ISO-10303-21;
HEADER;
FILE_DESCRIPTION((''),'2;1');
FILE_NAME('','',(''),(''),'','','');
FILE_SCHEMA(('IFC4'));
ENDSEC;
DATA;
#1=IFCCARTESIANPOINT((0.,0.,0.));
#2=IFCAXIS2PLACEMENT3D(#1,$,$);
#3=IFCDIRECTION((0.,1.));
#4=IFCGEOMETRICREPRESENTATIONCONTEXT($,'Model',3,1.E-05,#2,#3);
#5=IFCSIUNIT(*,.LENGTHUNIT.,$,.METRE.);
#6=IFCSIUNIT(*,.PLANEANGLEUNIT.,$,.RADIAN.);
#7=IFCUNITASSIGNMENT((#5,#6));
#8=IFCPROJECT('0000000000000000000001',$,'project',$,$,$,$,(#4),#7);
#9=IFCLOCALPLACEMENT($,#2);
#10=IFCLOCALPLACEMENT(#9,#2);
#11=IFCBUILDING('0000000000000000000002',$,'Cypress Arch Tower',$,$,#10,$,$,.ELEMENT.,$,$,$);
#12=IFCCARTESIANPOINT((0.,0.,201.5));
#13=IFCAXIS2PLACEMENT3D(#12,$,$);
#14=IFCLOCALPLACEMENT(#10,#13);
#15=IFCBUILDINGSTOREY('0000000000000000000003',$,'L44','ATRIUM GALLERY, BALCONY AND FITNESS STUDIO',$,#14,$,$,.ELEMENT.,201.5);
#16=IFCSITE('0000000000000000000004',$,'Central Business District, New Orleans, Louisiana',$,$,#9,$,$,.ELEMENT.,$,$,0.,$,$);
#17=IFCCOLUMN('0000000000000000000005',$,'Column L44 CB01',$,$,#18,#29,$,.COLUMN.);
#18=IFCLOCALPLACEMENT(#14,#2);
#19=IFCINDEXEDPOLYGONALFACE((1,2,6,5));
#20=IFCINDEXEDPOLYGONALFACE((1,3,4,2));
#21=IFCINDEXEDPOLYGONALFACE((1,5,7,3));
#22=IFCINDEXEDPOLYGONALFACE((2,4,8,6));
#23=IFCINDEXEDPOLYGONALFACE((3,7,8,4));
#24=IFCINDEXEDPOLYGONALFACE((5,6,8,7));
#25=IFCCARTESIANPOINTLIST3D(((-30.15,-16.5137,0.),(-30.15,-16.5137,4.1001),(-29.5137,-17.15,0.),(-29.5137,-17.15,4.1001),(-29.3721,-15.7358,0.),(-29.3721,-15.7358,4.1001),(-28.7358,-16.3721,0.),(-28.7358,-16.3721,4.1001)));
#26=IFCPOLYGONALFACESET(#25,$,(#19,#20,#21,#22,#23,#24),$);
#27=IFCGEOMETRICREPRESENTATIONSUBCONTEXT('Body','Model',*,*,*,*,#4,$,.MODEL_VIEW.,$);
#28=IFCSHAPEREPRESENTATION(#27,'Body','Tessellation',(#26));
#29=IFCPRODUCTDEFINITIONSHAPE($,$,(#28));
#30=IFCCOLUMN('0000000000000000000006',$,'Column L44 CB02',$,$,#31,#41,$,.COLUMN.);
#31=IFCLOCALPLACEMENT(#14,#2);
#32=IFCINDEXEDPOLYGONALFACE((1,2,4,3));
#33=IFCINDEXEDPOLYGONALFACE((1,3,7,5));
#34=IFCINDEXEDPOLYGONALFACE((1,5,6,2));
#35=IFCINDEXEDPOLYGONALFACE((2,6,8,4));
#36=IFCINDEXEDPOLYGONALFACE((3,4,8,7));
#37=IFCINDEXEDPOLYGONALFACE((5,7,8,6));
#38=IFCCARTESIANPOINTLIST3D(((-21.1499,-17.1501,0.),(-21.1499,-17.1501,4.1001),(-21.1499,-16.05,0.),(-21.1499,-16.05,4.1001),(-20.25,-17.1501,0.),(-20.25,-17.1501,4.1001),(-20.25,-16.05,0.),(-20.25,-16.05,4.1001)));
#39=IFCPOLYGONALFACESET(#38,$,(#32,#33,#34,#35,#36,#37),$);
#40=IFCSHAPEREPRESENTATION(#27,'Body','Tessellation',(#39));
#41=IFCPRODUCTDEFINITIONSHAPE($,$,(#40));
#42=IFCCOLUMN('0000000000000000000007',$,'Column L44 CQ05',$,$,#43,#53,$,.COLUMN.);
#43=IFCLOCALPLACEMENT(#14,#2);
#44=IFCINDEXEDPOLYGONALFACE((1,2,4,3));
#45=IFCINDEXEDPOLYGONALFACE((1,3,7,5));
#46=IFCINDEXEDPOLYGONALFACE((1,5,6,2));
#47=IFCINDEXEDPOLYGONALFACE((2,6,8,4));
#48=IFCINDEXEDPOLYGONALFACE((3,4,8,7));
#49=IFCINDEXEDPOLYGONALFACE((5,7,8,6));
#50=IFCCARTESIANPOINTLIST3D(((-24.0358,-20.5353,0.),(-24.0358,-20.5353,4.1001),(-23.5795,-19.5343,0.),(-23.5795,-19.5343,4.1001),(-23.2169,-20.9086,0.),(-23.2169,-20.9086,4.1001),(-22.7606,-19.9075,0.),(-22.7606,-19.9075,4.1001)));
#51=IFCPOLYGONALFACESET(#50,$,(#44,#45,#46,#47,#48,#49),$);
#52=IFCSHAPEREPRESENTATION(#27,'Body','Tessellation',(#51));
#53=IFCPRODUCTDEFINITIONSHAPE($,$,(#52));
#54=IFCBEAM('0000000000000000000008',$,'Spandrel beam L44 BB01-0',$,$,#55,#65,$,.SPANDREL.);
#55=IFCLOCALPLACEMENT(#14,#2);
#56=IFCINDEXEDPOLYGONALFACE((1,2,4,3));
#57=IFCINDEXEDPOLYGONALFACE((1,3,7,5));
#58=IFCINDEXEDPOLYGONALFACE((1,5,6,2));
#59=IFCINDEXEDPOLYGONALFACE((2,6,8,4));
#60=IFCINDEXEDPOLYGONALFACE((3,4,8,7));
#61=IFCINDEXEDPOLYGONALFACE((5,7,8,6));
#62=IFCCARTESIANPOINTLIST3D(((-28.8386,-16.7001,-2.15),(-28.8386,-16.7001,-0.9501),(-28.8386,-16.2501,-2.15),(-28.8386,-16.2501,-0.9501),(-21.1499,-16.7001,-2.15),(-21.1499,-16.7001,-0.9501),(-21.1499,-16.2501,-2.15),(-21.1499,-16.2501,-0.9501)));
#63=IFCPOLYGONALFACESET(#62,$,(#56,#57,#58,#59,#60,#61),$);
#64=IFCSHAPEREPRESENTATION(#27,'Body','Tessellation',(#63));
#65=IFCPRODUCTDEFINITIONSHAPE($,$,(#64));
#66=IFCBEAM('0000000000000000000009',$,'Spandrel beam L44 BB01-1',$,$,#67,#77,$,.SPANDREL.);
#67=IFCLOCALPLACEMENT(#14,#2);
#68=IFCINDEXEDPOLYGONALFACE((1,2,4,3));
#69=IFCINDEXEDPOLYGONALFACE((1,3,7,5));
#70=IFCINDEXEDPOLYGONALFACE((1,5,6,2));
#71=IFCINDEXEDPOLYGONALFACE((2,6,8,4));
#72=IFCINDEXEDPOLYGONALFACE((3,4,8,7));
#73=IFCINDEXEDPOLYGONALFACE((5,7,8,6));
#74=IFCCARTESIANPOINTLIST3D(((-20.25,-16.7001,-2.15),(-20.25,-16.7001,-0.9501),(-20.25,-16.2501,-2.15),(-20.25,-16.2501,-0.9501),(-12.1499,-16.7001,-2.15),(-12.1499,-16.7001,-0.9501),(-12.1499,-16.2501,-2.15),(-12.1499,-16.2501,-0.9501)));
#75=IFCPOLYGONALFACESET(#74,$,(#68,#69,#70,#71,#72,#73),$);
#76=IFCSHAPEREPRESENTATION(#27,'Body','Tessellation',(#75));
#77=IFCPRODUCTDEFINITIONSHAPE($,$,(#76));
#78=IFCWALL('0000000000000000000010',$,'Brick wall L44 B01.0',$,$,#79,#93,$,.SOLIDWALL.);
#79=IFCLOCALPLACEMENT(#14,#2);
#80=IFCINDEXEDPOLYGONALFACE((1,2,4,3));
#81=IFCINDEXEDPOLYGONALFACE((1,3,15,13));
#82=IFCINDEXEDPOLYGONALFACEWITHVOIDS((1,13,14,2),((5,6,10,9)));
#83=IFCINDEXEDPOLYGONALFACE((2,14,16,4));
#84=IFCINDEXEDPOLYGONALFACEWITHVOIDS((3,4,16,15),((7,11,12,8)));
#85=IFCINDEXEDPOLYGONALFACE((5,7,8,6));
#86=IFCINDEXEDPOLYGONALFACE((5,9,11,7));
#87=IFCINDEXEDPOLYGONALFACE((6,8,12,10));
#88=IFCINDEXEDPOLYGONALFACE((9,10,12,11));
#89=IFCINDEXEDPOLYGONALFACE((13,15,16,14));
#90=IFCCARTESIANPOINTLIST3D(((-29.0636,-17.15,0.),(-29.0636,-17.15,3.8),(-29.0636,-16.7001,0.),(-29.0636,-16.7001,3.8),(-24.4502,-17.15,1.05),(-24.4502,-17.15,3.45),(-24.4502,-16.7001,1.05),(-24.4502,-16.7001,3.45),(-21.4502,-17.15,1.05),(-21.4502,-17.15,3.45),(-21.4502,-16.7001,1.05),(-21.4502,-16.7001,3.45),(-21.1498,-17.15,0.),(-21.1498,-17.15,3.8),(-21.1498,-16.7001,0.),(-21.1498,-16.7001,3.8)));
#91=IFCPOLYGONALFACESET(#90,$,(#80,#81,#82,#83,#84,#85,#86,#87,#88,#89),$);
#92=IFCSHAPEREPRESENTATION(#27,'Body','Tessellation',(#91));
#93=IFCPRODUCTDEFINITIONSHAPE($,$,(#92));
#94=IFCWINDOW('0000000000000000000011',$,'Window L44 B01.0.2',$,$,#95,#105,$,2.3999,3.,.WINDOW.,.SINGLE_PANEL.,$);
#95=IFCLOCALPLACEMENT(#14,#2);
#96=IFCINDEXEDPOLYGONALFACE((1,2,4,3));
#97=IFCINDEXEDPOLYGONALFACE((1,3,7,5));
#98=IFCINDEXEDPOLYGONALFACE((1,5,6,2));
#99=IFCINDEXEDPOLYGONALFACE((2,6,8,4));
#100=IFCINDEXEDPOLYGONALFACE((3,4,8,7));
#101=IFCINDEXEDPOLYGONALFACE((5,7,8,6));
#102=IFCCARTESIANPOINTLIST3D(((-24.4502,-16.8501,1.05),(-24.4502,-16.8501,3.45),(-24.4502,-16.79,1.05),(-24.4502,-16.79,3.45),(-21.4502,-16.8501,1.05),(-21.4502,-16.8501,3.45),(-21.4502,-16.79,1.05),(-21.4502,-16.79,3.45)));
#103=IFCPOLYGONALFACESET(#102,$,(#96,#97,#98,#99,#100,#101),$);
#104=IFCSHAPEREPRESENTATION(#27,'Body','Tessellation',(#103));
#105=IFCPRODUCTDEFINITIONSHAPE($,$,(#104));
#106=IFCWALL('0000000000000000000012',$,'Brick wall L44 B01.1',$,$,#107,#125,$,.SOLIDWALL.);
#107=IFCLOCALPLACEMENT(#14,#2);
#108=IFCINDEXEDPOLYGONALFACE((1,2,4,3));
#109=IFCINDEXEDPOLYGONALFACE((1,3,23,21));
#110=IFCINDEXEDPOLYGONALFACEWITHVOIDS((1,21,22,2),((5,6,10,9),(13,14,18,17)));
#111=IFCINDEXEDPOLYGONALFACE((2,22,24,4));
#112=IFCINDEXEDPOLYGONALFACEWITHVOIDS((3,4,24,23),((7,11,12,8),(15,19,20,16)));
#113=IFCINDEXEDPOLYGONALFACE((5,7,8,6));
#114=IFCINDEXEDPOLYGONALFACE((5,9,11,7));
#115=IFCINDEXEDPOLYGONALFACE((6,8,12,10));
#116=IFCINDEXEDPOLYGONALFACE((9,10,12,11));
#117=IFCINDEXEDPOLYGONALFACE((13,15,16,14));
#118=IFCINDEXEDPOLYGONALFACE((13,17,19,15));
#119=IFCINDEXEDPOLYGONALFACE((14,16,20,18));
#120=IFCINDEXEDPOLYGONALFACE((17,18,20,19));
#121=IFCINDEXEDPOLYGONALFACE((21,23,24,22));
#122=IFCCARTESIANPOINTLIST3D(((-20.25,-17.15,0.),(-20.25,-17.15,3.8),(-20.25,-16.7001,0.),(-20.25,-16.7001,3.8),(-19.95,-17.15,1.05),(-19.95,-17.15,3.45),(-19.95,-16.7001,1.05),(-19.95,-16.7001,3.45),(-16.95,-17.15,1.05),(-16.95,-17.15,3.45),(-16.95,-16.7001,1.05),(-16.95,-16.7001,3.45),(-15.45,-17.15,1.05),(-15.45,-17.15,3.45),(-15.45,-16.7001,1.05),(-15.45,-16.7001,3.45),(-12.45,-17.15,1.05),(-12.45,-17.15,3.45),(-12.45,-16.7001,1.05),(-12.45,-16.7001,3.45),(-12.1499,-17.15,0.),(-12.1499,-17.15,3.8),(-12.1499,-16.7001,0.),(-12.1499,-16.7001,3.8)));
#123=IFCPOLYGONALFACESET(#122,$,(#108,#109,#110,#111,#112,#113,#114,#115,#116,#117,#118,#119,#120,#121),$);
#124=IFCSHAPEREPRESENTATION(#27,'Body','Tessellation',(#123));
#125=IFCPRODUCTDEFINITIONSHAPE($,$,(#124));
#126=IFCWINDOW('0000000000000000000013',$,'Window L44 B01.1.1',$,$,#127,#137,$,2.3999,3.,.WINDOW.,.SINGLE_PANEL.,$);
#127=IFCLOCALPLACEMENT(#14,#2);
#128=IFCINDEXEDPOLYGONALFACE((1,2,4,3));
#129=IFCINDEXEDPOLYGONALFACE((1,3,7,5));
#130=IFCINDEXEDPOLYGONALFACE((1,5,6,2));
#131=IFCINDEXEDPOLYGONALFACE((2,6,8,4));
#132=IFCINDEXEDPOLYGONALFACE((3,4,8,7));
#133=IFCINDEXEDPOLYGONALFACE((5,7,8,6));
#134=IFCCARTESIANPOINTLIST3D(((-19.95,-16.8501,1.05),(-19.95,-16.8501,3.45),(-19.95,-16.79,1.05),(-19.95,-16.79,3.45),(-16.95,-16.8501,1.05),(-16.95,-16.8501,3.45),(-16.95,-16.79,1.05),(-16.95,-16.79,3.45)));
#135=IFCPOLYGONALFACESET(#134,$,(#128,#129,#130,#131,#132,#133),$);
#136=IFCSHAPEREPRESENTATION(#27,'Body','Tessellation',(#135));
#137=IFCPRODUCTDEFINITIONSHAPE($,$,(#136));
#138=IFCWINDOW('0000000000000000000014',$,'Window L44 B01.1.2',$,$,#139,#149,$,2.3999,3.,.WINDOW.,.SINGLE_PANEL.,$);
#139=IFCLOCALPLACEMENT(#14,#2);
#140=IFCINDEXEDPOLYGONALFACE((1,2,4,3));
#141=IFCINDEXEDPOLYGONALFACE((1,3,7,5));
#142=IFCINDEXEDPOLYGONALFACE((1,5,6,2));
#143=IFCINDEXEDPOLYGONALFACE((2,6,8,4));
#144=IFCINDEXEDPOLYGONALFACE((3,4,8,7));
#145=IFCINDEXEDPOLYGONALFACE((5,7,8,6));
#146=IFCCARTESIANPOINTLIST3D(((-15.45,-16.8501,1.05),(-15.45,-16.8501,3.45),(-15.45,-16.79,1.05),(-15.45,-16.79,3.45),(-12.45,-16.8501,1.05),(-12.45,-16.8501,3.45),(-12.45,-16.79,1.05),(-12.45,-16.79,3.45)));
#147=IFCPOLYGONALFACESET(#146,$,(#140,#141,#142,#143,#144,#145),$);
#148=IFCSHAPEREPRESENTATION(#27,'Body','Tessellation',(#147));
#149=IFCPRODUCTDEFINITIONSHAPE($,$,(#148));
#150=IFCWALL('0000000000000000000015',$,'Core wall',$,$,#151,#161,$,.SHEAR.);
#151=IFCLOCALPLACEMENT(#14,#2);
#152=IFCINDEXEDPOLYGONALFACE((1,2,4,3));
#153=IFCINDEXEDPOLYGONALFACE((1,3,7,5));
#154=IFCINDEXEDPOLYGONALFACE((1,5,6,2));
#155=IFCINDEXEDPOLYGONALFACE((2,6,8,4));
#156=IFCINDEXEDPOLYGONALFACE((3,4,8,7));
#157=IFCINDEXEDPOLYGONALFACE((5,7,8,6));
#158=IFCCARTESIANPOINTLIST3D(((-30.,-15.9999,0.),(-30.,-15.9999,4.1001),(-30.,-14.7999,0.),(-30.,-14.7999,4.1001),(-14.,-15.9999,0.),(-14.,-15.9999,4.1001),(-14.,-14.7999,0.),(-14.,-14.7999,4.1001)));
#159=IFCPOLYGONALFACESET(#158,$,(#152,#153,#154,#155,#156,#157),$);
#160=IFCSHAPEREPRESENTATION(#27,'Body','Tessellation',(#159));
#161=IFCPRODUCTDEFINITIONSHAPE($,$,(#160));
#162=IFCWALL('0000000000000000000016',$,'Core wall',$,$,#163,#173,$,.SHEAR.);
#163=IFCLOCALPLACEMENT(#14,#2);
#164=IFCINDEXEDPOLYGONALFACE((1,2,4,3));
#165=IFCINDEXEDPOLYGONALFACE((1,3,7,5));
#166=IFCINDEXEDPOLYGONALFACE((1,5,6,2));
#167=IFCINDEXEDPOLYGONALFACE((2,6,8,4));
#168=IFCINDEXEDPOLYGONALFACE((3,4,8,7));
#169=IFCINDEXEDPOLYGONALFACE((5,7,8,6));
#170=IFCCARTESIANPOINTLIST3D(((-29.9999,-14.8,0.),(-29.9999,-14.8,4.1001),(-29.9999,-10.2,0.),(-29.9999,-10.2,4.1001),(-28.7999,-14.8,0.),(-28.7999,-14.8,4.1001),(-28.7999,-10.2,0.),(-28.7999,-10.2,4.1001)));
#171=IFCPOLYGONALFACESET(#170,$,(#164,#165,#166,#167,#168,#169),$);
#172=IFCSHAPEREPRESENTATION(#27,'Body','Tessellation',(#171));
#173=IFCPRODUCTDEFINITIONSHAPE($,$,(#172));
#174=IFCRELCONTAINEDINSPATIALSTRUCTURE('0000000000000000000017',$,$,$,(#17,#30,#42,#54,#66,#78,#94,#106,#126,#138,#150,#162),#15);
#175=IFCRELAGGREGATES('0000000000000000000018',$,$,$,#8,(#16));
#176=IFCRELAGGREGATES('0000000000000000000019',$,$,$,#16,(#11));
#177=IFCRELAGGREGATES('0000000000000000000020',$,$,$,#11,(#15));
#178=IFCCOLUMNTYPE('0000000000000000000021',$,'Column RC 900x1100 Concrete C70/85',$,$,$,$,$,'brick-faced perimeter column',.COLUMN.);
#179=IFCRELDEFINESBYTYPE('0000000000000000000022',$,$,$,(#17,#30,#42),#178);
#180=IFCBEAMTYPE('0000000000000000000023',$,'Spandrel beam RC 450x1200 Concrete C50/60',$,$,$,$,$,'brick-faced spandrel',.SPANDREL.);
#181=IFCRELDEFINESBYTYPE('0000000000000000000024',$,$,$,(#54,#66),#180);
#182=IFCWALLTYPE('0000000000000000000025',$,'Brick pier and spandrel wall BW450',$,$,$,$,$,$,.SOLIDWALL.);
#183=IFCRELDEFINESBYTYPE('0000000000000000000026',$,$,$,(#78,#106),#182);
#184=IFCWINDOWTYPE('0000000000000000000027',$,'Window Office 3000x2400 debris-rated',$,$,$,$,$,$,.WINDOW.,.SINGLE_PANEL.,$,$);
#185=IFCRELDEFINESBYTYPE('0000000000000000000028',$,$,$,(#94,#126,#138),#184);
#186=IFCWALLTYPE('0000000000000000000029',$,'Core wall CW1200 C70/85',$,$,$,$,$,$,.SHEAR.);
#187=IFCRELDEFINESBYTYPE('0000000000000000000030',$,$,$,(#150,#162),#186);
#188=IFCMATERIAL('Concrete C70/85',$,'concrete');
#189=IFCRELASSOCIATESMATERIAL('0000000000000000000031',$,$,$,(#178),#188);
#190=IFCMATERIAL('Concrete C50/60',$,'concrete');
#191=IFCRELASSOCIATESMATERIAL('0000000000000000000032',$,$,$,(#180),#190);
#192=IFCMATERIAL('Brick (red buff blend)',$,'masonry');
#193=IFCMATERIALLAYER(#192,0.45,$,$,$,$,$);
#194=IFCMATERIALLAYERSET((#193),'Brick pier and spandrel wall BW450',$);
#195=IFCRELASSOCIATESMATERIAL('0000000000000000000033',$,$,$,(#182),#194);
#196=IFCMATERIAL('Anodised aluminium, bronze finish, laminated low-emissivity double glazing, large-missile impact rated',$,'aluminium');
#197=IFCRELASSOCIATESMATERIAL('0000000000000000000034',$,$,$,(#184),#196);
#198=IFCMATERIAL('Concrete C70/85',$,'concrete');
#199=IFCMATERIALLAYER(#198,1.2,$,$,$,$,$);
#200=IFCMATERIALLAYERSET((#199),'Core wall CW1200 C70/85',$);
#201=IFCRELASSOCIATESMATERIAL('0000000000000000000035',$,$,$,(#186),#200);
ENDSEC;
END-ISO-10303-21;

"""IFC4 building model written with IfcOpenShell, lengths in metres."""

from ifc_helpers import new_model, si_unit, direction, frame, frame_2d, origin, origin_2d, place, context, subcontext, project, spatial, rectangle, extrude, material, layer, layer_set, material_profile, profile_set, type_object, element, fill, save


model = new_model("IFC4")

# Units and contexts
model_context = context("Model", 3, precision=1e-05, world=origin(), true_north=direction((0.0, 1.0)))
body_context = subcontext(model_context, "Body", "Model", "MODEL_VIEW")
ifc_project = project(units=[si_unit("LENGTHUNIT", "METRE"), si_unit("PLANEANGLEUNIT", "RADIAN")], contexts=[model_context])

# Site, building, storey
site_placement = place(None, origin())
site = spatial("IfcSite", under=ifc_project, at=site_placement, Name="Central Business District, New Orleans, Louisiana", CompositionType="ELEMENT", RefElevation=0.0)
building_placement = place(site_placement, origin())
building = spatial("IfcBuilding", under=site, at=building_placement, Name="Cypress Arch Tower", CompositionType="ELEMENT")
storey_placement = place(building_placement, frame((0.0, 0.0, 201.5)))
storey = spatial("IfcBuildingStorey", under=building, at=storey_placement, Name="L44", Description="ATRIUM GALLERY, BALCONY AND FITNESS STUDIO", CompositionType="ELEMENT", Elevation=201.5)

# Columns
ifc_material_1 = material(Name="Concrete C70/85", Category="concrete")
ifc_material_profile_1 = material_profile(ifc_material_1, rectangle(XDim=0.8999, YDim=1.1001, at=origin_2d()), Name="RC 900x1100")
ifc_profile_set_1 = profile_set([ifc_material_profile_1], Name="Concrete C70/85")
column_type = type_object("IfcColumnType", Name="Column RC 900x1100 Concrete C70/85", ElementType="brick-faced perimeter column", PredefinedType="COLUMN", material=ifc_profile_set_1)
for number, where, z_axis, x_axis, name in (
    (1, (-29.4429, -16.4429, 0.0), (0.0, 0.0, 1.0), (0.707107, -0.707107, 0.0), "Column L44 CB01"),
    (2, (-20.7, -16.6001, 0.0), (0.0, 0.0, 1.0), (1.0, 0.0, 0.0), "Column L44 CB02"),
    (3, (-23.3982, -20.2214, 0.0), (0.0, 0.0, 1.0), (0.909932, -0.414757, 0.0), "Column L44 CQ05"),
):
    element("IfcColumn", number, at=place(storey_placement, frame(where, z_axis=z_axis, x_axis=x_axis)), inside=storey, type_object=column_type, Name=name, PredefinedType="COLUMN", context=body_context, shape_type="SweptSolid", body=[
        extrude(rectangle(XDim=0.8999, YDim=1.1001, at=origin_2d()), origin(), (0.0, 0.0, 1.0), 4.1001),
    ])

# Beams
ifc_material_2 = material(Name="Concrete C50/60", Category="concrete")
ifc_material_profile_2 = material_profile(ifc_material_2, rectangle(XDim=0.45, YDim=1.2, at=origin_2d()), Name="RC 450x1200")
ifc_profile_set_2 = profile_set([ifc_material_profile_2], Name="Concrete C50/60")
beam_type = type_object("IfcBeamType", Name="Spandrel beam RC 450x1200 Concrete C50/60", ElementType="brick-faced spandrel", PredefinedType="SPANDREL", material=ifc_profile_set_2)
beam_1_placement = place(storey_placement, frame((-28.8386, -16.4751, -1.55), z_axis=(1.0, 0.0, 0.0), x_axis=(0.0, 1.0, 0.0)))
element("IfcBeam", 4, at=beam_1_placement, inside=storey, type_object=beam_type, Name="Spandrel beam L44 BB01-0", PredefinedType="SPANDREL", context=body_context, shape_type="SweptSolid", body=[
    extrude(rectangle(XDim=0.45, YDim=1.2, at=origin_2d()), origin(), (0.0, 0.0, 1.0), 7.6887),
])
beam_2_placement = place(storey_placement, frame((-20.25, -16.4751, -1.55), z_axis=(1.0, 0.0, 0.0), x_axis=(0.0, 1.0, 0.0)))
element("IfcBeam", 5, at=beam_2_placement, inside=storey, type_object=beam_type, Name="Spandrel beam L44 BB01-1", PredefinedType="SPANDREL", context=body_context, shape_type="SweptSolid", body=[
    extrude(rectangle(XDim=0.45, YDim=1.2, at=origin_2d()), origin(), (0.0, 0.0, 1.0), 8.1001),
])

# Wall, opening, window
ifc_material_3 = material(Name="Brick (red buff blend)", Category="masonry")
ifc_layer_1 = layer(ifc_material_3, 0.45)
ifc_layer_set_1 = layer_set([ifc_layer_1], Name="Brick pier and spandrel wall BW450")
wall_type_1 = type_object("IfcWallType", Name="Brick pier and spandrel wall BW450", PredefinedType="SOLIDWALL", material=ifc_layer_set_1)
wall_1_placement = place(storey_placement, frame((-29.0637, -16.925, 0.0), z_axis=(0.0, 0.0, 1.0), x_axis=(1.0, 0.0, 0.0)))
wall_1 = element("IfcWall", 6, at=wall_1_placement, inside=storey, type_object=wall_type_1, Name="Brick wall L44 B01.0", PredefinedType="SOLIDWALL", context=body_context, shape_type="SweptSolid", body=[
    extrude(rectangle(XDim=7.9138, YDim=0.45, at=frame_2d((3.957, 0.0))), origin(), (0.0, 0.0, 1.0), 3.8),
])
opening_1_placement = place(wall_1_placement, frame((4.6135, 0.0, 1.05)))
opening_1 = element("IfcOpeningElement", 7, at=opening_1_placement, cuts=wall_1, PredefinedType="OPENING", context=body_context, shape_type="SweptSolid", body=[
    extrude(rectangle(XDim=3.0, YDim=2.3999, at=frame_2d((1.5, 1.2))), frame((0.0, 0.2349, 0.0), z_axis=(0.0, -1.0, 0.0), x_axis=(1.0, 0.0, 0.0)), (0.0, 0.0, 1.0), 0.47),
])
ifc_material_4 = material(Name="Anodised aluminium, bronze finish, laminated low-emissivity double glazing, large-missile impact rated", Category="aluminium")
window_type = type_object("IfcWindowType", Name="Window Office 3000x2400 debris-rated", PartitioningType="SINGLE_PANEL", PredefinedType="WINDOW", material=ifc_material_4)
window_1_placement = place(opening_1_placement, origin())
window_1 = element("IfcWindow", 8, at=window_1_placement, inside=storey, type_object=window_type, Name="Window L44 B01.0.2", OverallHeight=2.3999, OverallWidth=3.0, PartitioningType="SINGLE_PANEL", PredefinedType="WINDOW", context=body_context, shape_type="SweptSolid", body=[
    extrude(rectangle(XDim=3.0, YDim=2.3999, at=frame_2d((1.5, 1.2))), frame((0.0, 0.135, 0.0), z_axis=(0.0, -1.0, 0.0), x_axis=(1.0, 0.0, 0.0)), (0.0, 0.0, 1.0), 0.0601),
])
fill(opening_1, window_1)

# Wall, openings, windows
wall_2_placement = place(storey_placement, frame((-20.25, -16.925, 0.0), z_axis=(0.0, 0.0, 1.0), x_axis=(1.0, 0.0, 0.0)))
wall_2 = element("IfcWall", 9, at=wall_2_placement, inside=storey, type_object=wall_type_1, Name="Brick wall L44 B01.1", PredefinedType="SOLIDWALL", context=body_context, shape_type="SweptSolid", body=[
    extrude(rectangle(XDim=8.1001, YDim=0.45, at=frame_2d((4.05, 0.0))), origin(), (0.0, 0.0, 1.0), 3.8),
])
opening_2_placement = place(wall_2_placement, frame((0.3, 0.0, 1.05)))
opening_2 = element("IfcOpeningElement", 10, at=opening_2_placement, cuts=wall_2, PredefinedType="OPENING", context=body_context, shape_type="SweptSolid", body=[
    extrude(rectangle(XDim=3.0, YDim=2.3999, at=frame_2d((1.5, 1.2))), frame((0.0, 0.2349, 0.0), z_axis=(0.0, -1.0, 0.0), x_axis=(1.0, 0.0, 0.0)), (0.0, 0.0, 1.0), 0.47),
])
opening_3_placement = place(wall_2_placement, frame((4.8, 0.0, 1.05)))
opening_3 = element("IfcOpeningElement", 11, at=opening_3_placement, cuts=wall_2, PredefinedType="OPENING", context=body_context, shape_type="SweptSolid", body=[
    extrude(rectangle(XDim=3.0, YDim=2.3999, at=frame_2d((1.5, 1.2))), frame((0.0, 0.2349, 0.0), z_axis=(0.0, -1.0, 0.0), x_axis=(1.0, 0.0, 0.0)), (0.0, 0.0, 1.0), 0.47),
])
window_2_placement = place(opening_2_placement, origin())
window_2 = element("IfcWindow", 12, at=window_2_placement, inside=storey, type_object=window_type, Name="Window L44 B01.1.1", OverallHeight=2.3999, OverallWidth=3.0, PartitioningType="SINGLE_PANEL", PredefinedType="WINDOW", context=body_context, shape_type="SweptSolid", body=[
    extrude(rectangle(XDim=3.0, YDim=2.3999, at=frame_2d((1.5, 1.2))), frame((0.0, 0.135, 0.0), z_axis=(0.0, -1.0, 0.0), x_axis=(1.0, 0.0, 0.0)), (0.0, 0.0, 1.0), 0.0601),
])
fill(opening_2, window_2)
window_3_placement = place(opening_3_placement, origin())
window_3 = element("IfcWindow", 13, at=window_3_placement, inside=storey, type_object=window_type, Name="Window L44 B01.1.2", OverallHeight=2.3999, OverallWidth=3.0, PartitioningType="SINGLE_PANEL", PredefinedType="WINDOW", context=body_context, shape_type="SweptSolid", body=[
    extrude(rectangle(XDim=3.0, YDim=2.3999, at=frame_2d((1.5, 1.2))), frame((0.0, 0.135, 0.0), z_axis=(0.0, -1.0, 0.0), x_axis=(1.0, 0.0, 0.0)), (0.0, 0.0, 1.0), 0.0601),
])
fill(opening_3, window_3)

# Walls
ifc_material_5 = material(Name="Concrete C70/85", Category="concrete")
ifc_layer_2 = layer(ifc_material_5, 1.2)
ifc_layer_set_2 = layer_set([ifc_layer_2], Name="Core wall CW1200 C70/85")
wall_type_2 = type_object("IfcWallType", Name="Core wall CW1200 C70/85", PredefinedType="SHEAR", material=ifc_layer_set_2)
wall_3_placement = place(storey_placement, frame((-30.0, -15.3999, 0.0), z_axis=(0.0, 0.0, 1.0), x_axis=(1.0, 0.0, 0.0)))
element("IfcWall", 14, at=wall_3_placement, inside=storey, type_object=wall_type_2, Name="Core wall", PredefinedType="SHEAR", context=body_context, shape_type="SweptSolid", body=[
    extrude(rectangle(XDim=16.0, YDim=1.2, at=frame_2d((8.0, 0.0))), origin(), (0.0, 0.0, 1.0), 4.1001),
])
wall_4_placement = place(storey_placement, frame((-29.3999, -14.8, 0.0), z_axis=(0.0, 0.0, 1.0), x_axis=(0.0, 1.0, 0.0)))
element("IfcWall", 15, at=wall_4_placement, inside=storey, type_object=wall_type_2, Name="Core wall", PredefinedType="SHEAR", context=body_context, shape_type="SweptSolid", body=[
    extrude(rectangle(XDim=4.6001, YDim=1.2, at=frame_2d((2.3, 0.0))), origin(), (0.0, 0.0, 1.0), 4.1001),
])

save(model, "model.ifc")
